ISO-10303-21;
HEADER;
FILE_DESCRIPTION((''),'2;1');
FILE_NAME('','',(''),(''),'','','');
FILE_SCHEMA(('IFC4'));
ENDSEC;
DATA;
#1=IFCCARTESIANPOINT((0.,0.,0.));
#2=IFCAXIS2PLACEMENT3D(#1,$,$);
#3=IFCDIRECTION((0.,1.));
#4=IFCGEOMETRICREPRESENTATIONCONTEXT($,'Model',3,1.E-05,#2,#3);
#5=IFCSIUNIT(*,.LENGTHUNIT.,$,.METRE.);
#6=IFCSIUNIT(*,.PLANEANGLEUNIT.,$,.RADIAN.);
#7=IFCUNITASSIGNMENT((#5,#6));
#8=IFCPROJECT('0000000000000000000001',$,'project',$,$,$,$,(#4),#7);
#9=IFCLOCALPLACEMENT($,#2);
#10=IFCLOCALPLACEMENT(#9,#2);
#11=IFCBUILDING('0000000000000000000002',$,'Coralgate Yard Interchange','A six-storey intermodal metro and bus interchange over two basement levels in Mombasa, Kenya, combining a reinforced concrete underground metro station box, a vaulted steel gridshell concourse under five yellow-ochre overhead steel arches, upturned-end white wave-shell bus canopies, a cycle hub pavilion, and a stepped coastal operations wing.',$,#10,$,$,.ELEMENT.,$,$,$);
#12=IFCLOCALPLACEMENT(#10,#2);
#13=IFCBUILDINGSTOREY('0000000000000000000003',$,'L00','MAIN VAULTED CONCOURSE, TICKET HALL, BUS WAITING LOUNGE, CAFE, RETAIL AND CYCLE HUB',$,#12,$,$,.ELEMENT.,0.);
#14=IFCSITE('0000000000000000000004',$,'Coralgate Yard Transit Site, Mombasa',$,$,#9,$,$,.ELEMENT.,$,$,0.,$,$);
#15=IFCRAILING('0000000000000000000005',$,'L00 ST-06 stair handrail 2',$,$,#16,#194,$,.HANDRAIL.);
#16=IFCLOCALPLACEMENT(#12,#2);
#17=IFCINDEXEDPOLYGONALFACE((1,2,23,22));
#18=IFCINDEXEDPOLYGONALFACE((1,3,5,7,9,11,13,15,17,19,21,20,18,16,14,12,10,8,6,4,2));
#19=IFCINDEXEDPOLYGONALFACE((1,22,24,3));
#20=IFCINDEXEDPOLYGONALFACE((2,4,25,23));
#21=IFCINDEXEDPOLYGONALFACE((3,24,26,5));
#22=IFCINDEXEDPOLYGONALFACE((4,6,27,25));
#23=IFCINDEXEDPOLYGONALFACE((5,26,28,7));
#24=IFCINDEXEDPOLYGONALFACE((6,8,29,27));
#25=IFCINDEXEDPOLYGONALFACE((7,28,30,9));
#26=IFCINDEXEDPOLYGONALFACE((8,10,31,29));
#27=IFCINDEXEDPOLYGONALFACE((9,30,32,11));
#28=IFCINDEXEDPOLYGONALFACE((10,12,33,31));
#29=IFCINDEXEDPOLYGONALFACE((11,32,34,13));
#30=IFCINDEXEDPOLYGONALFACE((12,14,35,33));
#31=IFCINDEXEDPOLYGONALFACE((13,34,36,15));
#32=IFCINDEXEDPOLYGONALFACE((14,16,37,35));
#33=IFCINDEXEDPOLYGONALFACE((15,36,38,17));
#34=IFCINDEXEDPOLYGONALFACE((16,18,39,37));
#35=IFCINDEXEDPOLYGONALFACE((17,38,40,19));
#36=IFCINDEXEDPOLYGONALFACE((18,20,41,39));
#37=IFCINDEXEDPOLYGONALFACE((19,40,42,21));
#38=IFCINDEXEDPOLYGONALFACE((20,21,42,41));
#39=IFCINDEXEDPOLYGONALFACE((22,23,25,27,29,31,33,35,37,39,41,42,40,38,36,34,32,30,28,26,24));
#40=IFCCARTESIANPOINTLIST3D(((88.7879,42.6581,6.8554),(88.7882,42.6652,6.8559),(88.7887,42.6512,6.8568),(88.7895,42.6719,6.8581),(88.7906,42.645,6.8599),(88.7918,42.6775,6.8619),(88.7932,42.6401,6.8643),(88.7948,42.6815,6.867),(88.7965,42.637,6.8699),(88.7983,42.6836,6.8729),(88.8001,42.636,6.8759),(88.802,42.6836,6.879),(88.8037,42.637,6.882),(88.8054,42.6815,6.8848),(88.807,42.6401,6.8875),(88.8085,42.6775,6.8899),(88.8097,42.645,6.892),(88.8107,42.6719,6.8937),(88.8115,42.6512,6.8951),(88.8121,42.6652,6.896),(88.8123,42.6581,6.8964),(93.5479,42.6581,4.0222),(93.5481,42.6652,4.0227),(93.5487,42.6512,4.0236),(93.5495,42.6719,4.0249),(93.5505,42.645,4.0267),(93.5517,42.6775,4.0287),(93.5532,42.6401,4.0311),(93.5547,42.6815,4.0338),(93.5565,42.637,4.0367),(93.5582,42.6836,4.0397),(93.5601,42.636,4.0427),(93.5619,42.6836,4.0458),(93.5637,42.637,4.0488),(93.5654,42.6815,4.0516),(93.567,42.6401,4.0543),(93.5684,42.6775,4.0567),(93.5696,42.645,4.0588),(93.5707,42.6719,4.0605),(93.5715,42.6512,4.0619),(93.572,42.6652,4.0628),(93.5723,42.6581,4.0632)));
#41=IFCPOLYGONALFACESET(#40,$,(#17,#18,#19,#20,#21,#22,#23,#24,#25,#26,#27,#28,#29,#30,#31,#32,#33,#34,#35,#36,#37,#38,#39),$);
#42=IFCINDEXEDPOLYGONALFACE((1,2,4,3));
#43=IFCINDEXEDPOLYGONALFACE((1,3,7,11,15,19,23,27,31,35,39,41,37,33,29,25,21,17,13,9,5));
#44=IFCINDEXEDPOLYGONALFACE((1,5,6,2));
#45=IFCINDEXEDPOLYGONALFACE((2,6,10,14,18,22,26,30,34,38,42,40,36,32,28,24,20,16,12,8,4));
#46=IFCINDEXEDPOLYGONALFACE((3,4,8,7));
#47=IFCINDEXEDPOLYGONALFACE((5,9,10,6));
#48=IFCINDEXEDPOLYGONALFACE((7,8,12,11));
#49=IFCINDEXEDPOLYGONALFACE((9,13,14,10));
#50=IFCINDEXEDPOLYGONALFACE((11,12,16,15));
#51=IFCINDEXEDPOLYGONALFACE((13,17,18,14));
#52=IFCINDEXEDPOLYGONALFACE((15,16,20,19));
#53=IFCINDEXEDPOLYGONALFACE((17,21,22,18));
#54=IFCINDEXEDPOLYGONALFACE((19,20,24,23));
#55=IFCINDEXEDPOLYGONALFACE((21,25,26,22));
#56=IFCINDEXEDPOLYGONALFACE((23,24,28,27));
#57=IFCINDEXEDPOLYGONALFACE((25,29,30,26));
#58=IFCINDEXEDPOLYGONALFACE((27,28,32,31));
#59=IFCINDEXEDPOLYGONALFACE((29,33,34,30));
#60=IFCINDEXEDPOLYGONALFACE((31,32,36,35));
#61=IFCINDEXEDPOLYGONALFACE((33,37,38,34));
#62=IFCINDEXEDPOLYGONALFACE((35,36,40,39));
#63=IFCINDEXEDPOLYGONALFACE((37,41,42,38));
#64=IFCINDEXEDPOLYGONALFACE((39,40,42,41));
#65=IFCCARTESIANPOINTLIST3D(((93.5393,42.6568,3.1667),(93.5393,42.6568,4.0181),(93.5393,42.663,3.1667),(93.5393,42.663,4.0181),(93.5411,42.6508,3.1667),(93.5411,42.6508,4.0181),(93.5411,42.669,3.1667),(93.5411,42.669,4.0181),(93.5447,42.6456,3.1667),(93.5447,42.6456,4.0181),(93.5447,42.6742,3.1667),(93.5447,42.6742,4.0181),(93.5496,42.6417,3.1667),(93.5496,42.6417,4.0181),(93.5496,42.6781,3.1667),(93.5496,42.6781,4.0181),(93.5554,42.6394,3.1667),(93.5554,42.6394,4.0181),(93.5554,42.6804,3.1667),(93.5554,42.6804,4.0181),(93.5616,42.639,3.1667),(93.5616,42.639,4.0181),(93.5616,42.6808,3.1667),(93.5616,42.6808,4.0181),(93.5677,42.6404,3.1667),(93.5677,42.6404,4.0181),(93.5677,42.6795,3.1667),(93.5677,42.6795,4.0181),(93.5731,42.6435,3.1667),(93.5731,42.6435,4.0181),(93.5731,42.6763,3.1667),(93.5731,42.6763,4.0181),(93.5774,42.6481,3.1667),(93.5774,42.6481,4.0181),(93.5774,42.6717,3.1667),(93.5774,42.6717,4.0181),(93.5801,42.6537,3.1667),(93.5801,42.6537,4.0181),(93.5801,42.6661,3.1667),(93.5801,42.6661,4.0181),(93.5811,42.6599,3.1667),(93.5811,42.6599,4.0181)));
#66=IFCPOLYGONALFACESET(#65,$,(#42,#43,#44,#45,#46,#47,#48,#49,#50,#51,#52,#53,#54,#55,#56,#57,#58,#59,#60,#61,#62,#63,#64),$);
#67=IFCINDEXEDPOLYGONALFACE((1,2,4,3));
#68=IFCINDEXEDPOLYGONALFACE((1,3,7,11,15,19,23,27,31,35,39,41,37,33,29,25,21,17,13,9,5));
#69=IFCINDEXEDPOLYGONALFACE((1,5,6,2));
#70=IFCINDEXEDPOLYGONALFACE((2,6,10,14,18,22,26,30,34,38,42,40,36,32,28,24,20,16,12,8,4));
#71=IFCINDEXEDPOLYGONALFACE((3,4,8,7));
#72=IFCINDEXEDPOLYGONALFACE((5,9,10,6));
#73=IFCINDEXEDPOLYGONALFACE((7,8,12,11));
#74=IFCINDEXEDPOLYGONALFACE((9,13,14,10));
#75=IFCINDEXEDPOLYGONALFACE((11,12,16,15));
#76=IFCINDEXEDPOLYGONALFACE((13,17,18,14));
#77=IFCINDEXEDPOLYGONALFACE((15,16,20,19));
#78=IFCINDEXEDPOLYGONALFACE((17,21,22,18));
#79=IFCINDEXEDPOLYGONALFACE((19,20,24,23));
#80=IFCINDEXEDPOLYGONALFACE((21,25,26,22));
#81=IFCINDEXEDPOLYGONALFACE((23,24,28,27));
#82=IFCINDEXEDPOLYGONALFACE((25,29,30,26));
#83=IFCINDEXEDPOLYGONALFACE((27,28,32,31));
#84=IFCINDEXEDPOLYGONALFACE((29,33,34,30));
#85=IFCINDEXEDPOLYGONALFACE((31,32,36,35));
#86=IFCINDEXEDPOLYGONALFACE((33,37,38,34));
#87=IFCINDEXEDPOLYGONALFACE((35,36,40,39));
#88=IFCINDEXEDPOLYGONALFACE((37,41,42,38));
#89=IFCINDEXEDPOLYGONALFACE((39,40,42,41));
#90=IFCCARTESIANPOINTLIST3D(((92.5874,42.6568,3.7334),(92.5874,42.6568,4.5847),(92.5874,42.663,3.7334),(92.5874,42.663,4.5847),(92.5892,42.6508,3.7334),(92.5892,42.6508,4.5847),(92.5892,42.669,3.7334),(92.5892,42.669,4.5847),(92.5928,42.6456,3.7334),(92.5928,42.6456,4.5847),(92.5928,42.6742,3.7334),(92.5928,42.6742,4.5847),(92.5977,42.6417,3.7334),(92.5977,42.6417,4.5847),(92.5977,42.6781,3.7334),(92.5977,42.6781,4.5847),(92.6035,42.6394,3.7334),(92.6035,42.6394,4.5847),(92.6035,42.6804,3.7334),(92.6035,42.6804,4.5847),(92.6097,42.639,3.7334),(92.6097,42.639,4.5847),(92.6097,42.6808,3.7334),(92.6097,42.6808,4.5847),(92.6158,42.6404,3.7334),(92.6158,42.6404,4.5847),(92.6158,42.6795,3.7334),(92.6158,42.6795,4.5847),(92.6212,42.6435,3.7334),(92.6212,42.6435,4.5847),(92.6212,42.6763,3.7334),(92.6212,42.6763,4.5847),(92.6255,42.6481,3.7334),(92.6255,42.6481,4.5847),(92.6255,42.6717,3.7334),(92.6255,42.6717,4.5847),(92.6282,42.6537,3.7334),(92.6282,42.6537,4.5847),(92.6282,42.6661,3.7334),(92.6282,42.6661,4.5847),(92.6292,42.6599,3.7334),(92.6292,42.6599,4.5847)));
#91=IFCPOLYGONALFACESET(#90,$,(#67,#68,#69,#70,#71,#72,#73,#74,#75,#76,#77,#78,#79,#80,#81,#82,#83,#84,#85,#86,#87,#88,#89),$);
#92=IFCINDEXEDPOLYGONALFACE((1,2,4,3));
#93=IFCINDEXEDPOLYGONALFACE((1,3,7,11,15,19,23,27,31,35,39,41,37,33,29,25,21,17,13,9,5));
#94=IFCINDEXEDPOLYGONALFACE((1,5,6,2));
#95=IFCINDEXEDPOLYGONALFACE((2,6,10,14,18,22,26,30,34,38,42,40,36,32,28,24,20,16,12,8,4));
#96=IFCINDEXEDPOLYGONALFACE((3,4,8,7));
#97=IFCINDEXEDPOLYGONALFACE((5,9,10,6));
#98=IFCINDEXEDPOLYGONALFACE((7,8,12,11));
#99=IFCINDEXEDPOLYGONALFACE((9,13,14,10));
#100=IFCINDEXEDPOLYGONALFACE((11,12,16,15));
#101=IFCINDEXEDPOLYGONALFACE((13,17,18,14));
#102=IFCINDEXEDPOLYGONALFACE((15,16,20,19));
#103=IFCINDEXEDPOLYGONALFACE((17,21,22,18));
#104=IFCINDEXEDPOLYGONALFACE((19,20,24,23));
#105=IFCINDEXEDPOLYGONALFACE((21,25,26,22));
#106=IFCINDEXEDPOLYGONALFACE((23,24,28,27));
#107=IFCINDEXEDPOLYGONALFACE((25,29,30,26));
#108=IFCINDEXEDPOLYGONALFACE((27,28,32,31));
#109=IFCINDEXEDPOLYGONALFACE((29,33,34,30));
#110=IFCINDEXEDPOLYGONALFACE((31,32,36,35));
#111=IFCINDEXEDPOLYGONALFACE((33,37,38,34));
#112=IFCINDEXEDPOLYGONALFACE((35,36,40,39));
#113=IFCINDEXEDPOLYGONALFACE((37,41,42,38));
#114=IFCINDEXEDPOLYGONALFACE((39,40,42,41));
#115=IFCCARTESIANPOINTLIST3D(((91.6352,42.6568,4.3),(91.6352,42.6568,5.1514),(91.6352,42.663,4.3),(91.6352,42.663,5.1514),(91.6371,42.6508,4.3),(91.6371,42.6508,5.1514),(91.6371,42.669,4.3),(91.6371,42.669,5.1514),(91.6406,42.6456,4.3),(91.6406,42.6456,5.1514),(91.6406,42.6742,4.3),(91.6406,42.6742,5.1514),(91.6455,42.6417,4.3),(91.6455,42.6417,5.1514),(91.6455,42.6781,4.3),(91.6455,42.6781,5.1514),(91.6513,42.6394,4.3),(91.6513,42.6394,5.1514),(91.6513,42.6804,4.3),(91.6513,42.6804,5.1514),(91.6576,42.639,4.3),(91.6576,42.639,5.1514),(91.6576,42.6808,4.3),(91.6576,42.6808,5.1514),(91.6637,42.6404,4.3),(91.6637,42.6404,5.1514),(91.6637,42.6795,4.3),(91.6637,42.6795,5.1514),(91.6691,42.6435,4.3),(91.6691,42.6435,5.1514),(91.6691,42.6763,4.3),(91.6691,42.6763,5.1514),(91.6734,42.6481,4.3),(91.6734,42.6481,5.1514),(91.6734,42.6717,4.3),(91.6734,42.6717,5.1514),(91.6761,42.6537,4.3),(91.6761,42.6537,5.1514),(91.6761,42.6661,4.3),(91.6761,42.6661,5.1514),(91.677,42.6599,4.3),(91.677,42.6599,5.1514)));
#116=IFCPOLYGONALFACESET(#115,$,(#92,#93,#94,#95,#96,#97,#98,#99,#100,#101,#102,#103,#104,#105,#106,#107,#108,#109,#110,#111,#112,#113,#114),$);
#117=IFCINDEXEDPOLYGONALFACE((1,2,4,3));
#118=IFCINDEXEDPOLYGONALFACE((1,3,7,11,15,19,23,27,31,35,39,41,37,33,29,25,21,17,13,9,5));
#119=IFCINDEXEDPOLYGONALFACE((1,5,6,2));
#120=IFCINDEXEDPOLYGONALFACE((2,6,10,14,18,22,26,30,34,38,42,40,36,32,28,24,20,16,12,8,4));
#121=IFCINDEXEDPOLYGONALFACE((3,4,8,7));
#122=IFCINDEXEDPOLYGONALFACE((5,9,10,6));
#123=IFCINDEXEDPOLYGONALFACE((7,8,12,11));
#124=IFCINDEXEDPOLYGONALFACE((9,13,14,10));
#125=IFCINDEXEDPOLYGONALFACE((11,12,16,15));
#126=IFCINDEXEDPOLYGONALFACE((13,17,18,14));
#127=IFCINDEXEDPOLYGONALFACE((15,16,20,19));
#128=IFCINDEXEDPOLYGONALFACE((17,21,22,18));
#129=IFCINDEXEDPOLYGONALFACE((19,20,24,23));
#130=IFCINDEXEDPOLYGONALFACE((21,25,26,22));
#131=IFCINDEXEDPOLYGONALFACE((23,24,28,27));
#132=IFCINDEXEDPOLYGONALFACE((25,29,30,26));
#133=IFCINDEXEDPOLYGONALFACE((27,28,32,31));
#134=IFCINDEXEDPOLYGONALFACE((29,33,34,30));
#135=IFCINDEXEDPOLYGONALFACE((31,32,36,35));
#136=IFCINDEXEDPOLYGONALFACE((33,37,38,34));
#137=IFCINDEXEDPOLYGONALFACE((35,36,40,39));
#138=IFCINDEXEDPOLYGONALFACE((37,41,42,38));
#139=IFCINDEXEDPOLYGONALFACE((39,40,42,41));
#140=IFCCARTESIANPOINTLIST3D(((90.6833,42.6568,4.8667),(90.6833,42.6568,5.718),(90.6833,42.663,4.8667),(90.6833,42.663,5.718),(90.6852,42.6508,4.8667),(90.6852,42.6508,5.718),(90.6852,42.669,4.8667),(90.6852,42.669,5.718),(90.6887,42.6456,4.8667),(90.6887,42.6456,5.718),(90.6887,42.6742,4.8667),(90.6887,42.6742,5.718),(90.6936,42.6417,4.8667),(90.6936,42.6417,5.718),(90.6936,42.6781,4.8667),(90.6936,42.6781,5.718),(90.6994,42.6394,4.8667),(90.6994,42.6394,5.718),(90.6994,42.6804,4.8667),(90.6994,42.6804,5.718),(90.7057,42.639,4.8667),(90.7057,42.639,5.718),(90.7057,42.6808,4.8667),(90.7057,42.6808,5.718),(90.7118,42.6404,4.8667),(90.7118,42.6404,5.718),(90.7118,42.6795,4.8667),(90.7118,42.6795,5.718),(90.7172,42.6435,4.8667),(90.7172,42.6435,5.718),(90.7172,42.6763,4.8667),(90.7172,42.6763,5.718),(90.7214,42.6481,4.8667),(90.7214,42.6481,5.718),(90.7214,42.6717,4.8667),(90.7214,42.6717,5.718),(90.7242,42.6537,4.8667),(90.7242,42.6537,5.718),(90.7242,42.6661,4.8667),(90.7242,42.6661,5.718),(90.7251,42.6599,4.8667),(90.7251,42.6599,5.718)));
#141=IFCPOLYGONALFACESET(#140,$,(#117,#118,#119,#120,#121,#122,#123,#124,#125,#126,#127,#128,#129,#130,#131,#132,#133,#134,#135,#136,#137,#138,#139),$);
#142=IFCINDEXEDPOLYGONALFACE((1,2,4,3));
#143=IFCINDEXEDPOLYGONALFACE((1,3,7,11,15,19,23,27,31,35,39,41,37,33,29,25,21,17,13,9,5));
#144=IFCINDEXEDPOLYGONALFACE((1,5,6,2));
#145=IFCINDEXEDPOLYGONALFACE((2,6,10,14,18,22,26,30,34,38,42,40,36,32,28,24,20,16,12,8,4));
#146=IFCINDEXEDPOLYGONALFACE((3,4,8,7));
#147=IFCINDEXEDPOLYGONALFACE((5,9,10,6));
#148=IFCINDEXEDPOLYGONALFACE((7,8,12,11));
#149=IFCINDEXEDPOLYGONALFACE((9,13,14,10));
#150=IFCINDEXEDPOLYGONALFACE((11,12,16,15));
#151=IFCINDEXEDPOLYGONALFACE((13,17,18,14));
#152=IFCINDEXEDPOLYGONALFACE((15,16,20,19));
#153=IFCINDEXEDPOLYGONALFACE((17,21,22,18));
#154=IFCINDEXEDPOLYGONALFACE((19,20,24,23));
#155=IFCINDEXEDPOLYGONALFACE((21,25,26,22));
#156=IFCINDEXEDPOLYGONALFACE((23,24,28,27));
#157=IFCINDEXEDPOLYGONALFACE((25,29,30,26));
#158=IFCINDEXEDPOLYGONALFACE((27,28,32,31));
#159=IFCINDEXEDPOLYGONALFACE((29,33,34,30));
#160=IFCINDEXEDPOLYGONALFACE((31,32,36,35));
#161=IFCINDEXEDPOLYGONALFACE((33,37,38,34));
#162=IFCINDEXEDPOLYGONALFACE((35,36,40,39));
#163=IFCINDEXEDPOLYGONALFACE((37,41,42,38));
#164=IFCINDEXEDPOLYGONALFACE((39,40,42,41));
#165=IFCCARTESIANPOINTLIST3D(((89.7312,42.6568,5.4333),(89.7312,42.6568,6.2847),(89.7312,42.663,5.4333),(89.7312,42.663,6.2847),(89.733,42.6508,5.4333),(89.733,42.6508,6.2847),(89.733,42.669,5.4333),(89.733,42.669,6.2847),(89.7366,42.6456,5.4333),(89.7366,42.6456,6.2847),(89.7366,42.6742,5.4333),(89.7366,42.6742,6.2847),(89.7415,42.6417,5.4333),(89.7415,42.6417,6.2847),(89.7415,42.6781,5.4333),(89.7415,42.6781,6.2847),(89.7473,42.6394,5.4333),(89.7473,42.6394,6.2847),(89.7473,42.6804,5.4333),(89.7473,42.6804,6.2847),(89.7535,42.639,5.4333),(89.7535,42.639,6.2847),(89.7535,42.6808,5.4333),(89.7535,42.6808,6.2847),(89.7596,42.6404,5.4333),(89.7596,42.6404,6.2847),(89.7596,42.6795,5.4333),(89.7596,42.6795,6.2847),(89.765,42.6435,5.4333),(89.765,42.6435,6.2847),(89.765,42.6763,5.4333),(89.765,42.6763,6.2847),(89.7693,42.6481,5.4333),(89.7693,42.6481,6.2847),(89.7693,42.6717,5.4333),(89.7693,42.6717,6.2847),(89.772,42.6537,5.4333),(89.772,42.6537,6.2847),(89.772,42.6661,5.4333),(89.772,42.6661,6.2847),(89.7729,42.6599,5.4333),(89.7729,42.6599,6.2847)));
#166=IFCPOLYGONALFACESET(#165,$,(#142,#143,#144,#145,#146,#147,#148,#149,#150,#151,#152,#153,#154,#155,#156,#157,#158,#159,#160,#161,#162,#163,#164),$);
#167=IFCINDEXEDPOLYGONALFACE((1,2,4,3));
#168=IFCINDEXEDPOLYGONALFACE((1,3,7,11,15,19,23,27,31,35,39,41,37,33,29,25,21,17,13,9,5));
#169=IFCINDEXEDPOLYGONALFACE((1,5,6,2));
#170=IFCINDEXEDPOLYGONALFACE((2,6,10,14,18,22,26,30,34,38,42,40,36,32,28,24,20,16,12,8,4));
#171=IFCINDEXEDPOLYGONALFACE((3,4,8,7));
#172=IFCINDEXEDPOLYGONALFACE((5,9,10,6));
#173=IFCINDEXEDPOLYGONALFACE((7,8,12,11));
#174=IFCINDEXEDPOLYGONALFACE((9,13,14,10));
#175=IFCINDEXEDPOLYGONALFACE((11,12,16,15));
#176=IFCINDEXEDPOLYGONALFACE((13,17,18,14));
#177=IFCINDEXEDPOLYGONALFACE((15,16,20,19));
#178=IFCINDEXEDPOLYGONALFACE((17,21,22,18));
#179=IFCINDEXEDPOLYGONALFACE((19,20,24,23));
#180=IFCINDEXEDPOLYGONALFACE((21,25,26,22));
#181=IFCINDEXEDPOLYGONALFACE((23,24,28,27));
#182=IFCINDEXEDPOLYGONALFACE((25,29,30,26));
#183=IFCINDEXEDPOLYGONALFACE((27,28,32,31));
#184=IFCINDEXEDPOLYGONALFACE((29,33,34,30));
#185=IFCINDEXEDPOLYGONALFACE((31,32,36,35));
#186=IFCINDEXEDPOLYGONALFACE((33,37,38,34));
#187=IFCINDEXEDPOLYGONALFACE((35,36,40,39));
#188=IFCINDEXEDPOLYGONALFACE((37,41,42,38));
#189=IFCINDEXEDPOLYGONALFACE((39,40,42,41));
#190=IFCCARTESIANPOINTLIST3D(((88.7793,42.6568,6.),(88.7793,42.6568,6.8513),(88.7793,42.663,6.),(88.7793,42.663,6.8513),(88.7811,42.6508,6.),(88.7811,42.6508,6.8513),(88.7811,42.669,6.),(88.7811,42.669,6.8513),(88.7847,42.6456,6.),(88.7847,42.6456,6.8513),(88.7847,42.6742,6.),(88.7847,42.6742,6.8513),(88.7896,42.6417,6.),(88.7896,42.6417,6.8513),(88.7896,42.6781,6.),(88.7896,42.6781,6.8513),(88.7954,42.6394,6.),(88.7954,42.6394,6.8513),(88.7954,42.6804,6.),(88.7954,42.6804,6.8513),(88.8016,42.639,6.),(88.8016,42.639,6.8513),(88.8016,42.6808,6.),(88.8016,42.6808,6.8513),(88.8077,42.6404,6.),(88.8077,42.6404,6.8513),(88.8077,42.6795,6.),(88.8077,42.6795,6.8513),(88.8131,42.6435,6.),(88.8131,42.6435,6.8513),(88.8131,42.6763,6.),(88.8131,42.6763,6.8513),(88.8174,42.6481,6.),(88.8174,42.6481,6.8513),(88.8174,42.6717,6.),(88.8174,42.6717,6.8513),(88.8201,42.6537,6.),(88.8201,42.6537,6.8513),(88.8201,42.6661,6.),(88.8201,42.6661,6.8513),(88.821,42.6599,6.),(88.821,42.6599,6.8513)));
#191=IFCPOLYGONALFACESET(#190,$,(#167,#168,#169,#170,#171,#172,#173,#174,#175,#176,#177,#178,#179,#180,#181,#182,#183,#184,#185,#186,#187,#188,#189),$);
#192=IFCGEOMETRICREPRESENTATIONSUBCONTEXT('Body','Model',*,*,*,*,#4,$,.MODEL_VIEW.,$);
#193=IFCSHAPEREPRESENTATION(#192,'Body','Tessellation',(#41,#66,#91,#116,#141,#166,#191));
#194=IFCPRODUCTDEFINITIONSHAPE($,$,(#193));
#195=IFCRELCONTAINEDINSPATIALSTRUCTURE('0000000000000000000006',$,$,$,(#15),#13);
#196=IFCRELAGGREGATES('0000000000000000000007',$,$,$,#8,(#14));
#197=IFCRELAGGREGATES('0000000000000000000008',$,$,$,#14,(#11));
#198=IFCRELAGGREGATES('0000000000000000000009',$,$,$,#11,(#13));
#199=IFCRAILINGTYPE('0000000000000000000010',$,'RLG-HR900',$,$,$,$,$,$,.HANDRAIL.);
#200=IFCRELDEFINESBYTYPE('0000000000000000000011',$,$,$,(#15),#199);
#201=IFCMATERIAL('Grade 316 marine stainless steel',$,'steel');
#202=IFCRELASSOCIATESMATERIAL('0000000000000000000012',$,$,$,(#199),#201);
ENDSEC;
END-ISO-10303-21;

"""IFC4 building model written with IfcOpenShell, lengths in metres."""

from ifc_helpers import new_model, si_unit, direction, frame, origin, origin_2d, place, context, subcontext, project, spatial, circle, extrude, material, type_object, element, save


model = new_model("IFC4")

# Units and contexts
model_context = context("Model", 3, precision=1e-05, world=origin(), true_north=direction((0.0, 1.0)))
body_context = subcontext(model_context, "Body", "Model", "MODEL_VIEW")
ifc_project = project(units=[si_unit("LENGTHUNIT", "METRE"), si_unit("PLANEANGLEUNIT", "RADIAN")], contexts=[model_context])

# Site, building, storey
site_placement = place(None, origin())
site = spatial("IfcSite", under=ifc_project, at=site_placement, Name="Coralgate Yard Transit Site, Mombasa", CompositionType="ELEMENT", RefElevation=0.0)
building_placement = place(site_placement, origin())
building = spatial("IfcBuilding", under=site, at=building_placement, Name="Coralgate Yard Interchange", Description="A six-storey intermodal metro and bus interchange over two basement levels in Mombasa, Kenya, combining a reinforced concrete underground metro station box, a vaulted steel gridshell concourse under five yellow-ochre overhead steel arches, upturned-end white wave-shell bus canopies, a cycle hub pavilion, and a stepped coastal operations wing.", CompositionType="ELEMENT")
storey_placement = place(building_placement, origin())
storey = spatial("IfcBuildingStorey", under=building, at=storey_placement, Name="L00", Description="MAIN VAULTED CONCOURSE, TICKET HALL, BUS WAITING LOUNGE, CAFE, RETAIL AND CYCLE HUB", CompositionType="ELEMENT", Elevation=0.0)

# Railing
ifc_material_1 = material(Name="Grade 316 marine stainless steel", Category="steel")
railing_type_1 = type_object("IfcRailingType", Name="RLG-HR900", PredefinedType="HANDRAIL", material=ifc_material_1)
railing_1_placement = place(storey_placement, frame((93.5601, 42.6599, 3.1667)))
element("IfcRailing", 1, at=railing_1_placement, inside=storey, type_object=railing_type_1, Name="L00 ST-06 stair handrail 2", PredefinedType="HANDRAIL", context=body_context, shape_type="SweptSolid", body=[
    extrude(circle(Radius=0.0239, at=origin_2d()), frame((0.0, 0.0, 0.876), z_axis=(-0.8593, 0.0, 0.511472), x_axis=(0.0, -1.0, 0.0)), (0.0, 0.0, 1.0), 5.5393),
    extrude(circle(Radius=0.021, at=origin_2d()), origin(), (0.0, 0.0, 1.0), 0.8513),
    extrude(circle(Radius=0.021, at=origin_2d()), frame((-0.9519, 0.0, 0.5667)), (0.0, 0.0, 1.0), 0.8513),
    extrude(circle(Radius=0.021, at=origin_2d()), frame((-1.9041, 0.0, 1.1333)), (0.0, 0.0, 1.0), 0.8513),
    extrude(circle(Radius=0.021, at=origin_2d()), frame((-2.856, 0.0, 1.7)), (0.0, 0.0, 1.0), 0.8513),
    extrude(circle(Radius=0.021, at=origin_2d()), frame((-3.8081, 0.0, 2.2666)), (0.0, 0.0, 1.0), 0.8513),
    extrude(circle(Radius=0.021, at=origin_2d()), frame((-4.76, 0.0, 2.8333)), (0.0, 0.0, 1.0), 0.8513),
])

save(model, "model.ifc")
